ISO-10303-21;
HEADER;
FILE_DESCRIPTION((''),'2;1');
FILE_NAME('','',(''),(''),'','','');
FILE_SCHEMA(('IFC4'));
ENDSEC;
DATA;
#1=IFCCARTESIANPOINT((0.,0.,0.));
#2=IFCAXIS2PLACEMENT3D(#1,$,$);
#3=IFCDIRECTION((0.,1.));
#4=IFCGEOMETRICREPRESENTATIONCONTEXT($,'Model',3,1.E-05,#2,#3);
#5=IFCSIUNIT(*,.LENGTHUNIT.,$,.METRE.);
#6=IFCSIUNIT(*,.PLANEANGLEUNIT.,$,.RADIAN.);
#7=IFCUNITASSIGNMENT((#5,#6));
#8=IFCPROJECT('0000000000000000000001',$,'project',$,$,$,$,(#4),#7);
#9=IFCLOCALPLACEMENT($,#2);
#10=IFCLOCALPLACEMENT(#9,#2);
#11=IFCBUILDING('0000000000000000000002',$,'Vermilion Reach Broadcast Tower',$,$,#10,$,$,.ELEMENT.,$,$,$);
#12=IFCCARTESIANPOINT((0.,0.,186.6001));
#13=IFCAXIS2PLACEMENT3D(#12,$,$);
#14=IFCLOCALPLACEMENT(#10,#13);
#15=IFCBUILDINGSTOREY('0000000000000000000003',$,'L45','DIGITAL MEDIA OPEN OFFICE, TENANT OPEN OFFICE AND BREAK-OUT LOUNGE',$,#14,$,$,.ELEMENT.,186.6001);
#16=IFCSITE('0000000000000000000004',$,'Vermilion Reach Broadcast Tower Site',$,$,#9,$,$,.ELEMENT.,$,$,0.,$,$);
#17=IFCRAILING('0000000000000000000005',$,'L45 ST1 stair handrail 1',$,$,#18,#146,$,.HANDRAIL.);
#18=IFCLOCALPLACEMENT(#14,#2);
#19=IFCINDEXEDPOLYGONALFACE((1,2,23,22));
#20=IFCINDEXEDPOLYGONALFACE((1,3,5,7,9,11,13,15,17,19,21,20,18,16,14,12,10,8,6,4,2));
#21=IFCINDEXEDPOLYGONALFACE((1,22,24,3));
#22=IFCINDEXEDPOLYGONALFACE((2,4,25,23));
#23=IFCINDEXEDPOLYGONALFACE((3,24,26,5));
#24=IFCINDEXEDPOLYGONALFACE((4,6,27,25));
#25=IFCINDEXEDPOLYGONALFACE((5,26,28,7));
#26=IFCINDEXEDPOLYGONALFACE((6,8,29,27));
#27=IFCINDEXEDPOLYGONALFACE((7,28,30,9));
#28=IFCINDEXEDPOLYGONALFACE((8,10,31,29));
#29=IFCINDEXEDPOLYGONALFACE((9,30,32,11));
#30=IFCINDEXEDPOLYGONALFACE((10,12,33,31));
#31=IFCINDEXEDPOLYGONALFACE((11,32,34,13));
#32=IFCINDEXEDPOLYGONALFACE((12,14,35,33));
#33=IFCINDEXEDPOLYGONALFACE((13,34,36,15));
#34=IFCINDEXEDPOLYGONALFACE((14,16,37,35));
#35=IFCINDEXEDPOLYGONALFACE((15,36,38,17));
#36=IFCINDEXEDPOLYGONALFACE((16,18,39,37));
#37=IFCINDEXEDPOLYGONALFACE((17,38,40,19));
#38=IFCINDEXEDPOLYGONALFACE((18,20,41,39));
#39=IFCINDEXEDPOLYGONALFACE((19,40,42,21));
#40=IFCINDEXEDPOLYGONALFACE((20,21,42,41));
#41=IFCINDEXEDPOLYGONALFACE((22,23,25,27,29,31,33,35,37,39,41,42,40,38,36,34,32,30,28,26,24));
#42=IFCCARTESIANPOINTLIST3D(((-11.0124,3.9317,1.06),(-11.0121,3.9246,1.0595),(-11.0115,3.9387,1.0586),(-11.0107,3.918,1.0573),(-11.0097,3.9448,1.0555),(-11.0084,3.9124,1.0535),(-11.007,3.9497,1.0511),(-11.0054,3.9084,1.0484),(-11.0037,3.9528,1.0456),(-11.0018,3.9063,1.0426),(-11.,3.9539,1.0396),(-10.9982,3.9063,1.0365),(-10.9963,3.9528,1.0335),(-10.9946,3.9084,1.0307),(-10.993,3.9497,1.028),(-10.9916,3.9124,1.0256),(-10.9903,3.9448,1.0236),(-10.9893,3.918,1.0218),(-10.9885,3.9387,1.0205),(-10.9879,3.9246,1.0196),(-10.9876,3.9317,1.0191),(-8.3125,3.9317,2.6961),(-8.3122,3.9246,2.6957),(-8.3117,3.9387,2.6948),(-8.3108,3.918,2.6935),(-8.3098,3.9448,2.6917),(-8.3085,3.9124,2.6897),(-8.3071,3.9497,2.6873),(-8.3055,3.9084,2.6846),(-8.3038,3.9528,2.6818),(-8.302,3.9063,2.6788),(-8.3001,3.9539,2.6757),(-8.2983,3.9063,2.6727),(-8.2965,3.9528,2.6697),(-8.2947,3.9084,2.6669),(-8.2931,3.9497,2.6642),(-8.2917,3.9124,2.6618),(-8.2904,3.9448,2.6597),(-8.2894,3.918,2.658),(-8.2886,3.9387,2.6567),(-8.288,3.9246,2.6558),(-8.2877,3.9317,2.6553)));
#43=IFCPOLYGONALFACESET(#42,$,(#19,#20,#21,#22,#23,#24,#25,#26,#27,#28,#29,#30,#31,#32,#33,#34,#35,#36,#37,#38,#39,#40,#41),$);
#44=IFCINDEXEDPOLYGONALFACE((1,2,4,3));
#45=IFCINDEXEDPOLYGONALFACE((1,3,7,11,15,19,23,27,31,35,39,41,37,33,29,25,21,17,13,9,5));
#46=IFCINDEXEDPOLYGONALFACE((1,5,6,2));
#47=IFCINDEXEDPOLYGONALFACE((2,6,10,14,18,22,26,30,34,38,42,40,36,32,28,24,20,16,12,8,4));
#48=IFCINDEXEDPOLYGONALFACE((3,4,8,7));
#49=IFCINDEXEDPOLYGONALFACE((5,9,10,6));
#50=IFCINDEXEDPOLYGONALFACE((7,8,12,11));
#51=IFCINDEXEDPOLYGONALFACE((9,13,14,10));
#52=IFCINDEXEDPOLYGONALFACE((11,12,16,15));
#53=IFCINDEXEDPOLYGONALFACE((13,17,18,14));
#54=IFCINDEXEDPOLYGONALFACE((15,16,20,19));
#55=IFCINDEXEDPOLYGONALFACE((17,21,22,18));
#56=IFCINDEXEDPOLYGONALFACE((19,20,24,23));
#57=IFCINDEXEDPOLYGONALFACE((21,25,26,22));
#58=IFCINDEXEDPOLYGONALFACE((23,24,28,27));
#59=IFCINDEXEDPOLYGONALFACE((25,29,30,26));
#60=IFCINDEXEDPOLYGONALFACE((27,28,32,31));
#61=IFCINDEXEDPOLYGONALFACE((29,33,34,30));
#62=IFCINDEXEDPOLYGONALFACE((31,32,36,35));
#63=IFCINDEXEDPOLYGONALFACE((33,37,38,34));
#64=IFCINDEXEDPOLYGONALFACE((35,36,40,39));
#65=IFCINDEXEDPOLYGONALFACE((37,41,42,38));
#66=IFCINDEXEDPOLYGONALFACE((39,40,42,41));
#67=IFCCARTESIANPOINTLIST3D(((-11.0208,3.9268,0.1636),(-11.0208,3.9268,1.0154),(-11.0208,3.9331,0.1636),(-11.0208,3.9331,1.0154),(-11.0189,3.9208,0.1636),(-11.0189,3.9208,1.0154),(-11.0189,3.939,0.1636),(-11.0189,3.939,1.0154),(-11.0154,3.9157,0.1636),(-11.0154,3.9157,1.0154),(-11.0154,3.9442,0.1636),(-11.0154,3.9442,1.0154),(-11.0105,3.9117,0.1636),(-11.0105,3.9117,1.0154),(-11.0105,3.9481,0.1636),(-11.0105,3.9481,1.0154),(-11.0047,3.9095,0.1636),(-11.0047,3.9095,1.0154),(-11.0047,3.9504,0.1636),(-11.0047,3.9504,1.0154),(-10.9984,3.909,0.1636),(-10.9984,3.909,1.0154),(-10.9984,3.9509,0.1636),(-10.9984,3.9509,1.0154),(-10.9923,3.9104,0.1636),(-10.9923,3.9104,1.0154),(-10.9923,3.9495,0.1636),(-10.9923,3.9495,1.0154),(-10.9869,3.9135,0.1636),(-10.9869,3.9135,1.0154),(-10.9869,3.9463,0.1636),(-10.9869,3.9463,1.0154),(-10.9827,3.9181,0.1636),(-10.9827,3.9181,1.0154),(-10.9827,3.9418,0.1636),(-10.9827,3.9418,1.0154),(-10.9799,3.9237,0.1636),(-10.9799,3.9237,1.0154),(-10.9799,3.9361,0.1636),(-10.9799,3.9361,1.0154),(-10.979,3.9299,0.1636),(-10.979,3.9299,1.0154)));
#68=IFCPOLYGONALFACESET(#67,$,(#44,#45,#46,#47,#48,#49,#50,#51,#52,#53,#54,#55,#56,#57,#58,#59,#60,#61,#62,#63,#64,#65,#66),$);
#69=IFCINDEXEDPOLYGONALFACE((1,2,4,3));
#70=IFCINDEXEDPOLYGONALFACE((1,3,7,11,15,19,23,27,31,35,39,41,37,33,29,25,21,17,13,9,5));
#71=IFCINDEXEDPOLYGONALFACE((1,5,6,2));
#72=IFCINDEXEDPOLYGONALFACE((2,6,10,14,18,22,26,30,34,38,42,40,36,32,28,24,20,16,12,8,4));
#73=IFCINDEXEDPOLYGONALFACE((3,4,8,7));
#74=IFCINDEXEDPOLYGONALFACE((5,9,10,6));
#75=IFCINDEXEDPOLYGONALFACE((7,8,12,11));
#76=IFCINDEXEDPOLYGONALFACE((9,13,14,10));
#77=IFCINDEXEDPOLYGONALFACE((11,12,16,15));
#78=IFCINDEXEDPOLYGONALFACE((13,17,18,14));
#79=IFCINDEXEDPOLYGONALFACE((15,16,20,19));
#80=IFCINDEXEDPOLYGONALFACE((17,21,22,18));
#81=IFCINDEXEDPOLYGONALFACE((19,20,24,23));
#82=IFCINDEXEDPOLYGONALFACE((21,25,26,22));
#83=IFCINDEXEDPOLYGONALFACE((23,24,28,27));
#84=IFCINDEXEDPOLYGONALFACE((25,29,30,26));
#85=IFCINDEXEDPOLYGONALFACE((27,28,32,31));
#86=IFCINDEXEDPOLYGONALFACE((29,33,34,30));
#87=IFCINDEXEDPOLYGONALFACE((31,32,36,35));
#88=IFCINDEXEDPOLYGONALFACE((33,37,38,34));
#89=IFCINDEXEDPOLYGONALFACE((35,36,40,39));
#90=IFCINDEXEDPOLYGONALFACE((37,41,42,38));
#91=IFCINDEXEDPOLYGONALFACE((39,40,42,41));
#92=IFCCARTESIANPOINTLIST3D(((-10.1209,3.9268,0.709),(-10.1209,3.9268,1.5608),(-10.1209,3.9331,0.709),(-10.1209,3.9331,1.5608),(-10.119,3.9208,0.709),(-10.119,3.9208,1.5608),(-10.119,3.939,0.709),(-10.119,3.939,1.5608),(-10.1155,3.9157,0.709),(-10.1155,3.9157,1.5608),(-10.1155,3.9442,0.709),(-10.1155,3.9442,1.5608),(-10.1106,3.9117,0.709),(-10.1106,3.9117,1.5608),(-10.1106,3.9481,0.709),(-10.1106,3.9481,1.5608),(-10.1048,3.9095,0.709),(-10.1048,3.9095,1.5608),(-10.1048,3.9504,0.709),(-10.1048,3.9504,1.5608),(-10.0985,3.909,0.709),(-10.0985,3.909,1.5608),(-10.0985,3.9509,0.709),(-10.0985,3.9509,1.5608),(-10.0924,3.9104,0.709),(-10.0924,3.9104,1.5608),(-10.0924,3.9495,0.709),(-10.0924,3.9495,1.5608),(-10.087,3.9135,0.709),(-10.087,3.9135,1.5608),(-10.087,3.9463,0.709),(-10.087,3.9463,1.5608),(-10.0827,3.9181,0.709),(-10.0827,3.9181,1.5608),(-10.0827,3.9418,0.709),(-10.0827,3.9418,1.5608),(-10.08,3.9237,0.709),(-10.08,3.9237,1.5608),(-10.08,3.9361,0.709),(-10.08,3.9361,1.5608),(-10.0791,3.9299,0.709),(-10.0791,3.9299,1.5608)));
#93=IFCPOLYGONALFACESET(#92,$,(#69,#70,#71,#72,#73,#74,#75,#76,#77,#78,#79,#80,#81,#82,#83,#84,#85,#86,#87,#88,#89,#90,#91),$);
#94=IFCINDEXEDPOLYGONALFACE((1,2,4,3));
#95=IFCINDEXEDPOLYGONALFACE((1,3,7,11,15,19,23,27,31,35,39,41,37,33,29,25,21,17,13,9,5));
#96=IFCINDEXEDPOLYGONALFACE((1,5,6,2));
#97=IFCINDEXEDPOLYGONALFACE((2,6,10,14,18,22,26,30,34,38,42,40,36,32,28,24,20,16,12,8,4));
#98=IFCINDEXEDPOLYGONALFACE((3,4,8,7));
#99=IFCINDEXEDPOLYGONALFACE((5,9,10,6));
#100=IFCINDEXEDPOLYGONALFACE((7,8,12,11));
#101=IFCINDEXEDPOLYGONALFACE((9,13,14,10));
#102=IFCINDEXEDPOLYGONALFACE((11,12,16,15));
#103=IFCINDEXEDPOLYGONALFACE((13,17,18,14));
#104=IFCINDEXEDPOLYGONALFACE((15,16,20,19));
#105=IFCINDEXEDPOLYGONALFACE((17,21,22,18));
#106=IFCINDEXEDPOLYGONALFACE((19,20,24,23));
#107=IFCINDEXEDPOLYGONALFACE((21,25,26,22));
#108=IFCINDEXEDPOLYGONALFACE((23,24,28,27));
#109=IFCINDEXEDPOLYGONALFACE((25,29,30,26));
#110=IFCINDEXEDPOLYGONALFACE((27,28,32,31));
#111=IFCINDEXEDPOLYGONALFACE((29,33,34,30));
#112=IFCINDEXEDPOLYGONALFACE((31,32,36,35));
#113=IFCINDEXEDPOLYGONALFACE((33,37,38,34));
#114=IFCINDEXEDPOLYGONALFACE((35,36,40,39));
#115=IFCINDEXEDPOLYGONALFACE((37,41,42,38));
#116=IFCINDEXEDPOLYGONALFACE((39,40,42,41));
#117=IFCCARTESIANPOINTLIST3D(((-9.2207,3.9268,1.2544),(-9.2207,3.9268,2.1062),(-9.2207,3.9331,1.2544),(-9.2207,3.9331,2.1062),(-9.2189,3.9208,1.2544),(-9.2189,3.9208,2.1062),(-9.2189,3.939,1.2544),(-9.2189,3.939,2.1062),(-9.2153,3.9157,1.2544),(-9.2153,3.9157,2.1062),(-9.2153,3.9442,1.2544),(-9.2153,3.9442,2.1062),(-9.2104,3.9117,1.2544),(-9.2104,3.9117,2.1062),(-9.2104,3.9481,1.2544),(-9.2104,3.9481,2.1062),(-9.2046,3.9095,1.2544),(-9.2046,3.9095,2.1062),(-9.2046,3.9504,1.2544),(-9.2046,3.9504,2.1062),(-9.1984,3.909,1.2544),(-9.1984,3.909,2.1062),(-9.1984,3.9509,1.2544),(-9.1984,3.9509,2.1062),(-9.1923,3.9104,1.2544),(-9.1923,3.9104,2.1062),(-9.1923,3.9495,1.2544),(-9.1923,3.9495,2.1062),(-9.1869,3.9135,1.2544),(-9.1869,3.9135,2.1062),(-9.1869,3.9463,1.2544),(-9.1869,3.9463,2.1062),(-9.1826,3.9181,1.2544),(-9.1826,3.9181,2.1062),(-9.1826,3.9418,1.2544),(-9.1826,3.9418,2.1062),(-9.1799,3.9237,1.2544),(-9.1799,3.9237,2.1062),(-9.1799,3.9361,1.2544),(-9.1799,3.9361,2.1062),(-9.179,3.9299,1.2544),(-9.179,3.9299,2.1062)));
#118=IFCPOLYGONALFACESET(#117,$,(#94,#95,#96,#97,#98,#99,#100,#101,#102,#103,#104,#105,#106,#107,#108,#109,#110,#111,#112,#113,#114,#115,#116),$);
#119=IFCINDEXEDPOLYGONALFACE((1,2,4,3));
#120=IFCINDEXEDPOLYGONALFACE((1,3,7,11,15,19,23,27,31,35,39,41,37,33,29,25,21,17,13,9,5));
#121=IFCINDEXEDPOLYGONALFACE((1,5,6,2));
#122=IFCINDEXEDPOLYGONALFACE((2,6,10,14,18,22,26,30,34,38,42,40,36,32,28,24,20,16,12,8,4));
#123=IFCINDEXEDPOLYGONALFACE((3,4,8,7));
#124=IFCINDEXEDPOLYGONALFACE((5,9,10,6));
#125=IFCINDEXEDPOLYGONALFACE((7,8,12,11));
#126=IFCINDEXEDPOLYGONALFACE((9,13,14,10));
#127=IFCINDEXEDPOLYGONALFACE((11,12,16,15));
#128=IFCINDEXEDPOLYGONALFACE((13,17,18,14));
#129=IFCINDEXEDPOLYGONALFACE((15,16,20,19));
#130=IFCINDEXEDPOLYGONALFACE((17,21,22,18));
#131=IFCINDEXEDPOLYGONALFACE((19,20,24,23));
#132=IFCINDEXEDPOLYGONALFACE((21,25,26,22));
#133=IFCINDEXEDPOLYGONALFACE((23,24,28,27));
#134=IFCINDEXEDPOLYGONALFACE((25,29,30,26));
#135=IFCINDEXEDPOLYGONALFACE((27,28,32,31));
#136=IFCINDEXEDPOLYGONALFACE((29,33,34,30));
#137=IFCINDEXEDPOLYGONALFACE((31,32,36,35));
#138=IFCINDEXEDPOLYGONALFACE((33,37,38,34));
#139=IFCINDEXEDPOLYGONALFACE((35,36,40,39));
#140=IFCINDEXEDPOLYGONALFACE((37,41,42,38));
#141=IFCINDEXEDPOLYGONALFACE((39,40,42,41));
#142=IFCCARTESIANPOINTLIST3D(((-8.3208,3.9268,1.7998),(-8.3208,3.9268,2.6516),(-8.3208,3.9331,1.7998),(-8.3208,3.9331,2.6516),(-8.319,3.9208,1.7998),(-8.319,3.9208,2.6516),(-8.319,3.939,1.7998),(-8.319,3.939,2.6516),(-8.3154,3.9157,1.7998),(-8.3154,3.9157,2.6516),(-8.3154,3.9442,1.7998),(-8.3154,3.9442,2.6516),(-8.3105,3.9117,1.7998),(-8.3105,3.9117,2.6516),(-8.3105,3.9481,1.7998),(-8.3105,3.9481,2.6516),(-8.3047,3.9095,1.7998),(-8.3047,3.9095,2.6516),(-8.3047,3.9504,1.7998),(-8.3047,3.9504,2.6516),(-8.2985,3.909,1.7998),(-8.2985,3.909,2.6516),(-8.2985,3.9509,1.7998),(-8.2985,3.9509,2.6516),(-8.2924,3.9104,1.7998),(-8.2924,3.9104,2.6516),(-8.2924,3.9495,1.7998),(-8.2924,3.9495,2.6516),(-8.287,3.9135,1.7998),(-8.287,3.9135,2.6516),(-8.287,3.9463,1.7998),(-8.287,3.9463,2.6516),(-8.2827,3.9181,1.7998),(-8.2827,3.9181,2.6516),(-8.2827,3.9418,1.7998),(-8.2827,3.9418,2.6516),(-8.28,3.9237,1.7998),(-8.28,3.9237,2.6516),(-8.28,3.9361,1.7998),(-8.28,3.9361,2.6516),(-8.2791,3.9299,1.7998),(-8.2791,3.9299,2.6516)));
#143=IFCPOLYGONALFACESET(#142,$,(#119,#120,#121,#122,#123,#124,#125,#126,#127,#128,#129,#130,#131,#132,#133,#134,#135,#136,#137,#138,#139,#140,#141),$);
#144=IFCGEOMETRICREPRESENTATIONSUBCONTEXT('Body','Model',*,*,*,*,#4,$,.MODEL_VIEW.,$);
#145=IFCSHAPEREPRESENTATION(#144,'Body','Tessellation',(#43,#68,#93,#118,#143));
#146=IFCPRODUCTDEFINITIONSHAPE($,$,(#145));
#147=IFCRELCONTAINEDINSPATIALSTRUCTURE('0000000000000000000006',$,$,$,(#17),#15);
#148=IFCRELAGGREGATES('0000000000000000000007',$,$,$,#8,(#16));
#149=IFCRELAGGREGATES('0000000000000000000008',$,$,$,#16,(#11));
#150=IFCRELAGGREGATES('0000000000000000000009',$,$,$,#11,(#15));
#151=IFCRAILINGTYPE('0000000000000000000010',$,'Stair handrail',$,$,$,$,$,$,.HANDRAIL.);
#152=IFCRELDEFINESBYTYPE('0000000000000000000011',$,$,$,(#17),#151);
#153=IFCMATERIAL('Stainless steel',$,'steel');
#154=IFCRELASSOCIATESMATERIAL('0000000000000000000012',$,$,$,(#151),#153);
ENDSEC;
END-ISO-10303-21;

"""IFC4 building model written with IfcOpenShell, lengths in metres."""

from ifc_helpers import new_model, si_unit, direction, frame, origin, origin_2d, place, context, subcontext, project, spatial, circle, extrude, material, type_object, element, save


model = new_model("IFC4")

# Units and contexts
model_context = context("Model", 3, precision=1e-05, world=origin(), true_north=direction((0.0, 1.0)))
body_context = subcontext(model_context, "Body", "Model", "MODEL_VIEW")
ifc_project = project(units=[si_unit("LENGTHUNIT", "METRE"), si_unit("PLANEANGLEUNIT", "RADIAN")], contexts=[model_context])

# Site, building, storey
site_placement = place(None, origin())
site = spatial("IfcSite", under=ifc_project, at=site_placement, Name="Vermilion Reach Broadcast Tower Site", CompositionType="ELEMENT", RefElevation=0.0)
building_placement = place(site_placement, origin())
building = spatial("IfcBuilding", under=site, at=building_placement, Name="Vermilion Reach Broadcast Tower", CompositionType="ELEMENT")
storey_placement = place(building_placement, frame((0.0, 0.0, 186.6001)))
storey = spatial("IfcBuildingStorey", under=building, at=storey_placement, Name="L45", Description="DIGITAL MEDIA OPEN OFFICE, TENANT OPEN OFFICE AND BREAK-OUT LOUNGE", CompositionType="ELEMENT", Elevation=186.6001)

# Railing
ifc_material_1 = material(Name="Stainless steel", Category="steel")
railing_type_1 = type_object("IfcRailingType", Name="Stair handrail", PredefinedType="HANDRAIL", material=ifc_material_1)
railing_1_placement = place(storey_placement, frame((-11.0, 3.9299, 0.1636)))
element("IfcRailing", 1, at=railing_1_placement, inside=storey, type_object=railing_type_1, Name="L45 ST1 stair handrail 1", PredefinedType="HANDRAIL", context=body_context, shape_type="SweptSolid", body=[
    extrude(circle(Radius=0.0239, at=origin_2d()), frame((0.0, 0.0, 0.876), z_axis=(0.855212, 0.0, 0.518278), x_axis=(0.0, 1.0, 0.0)), (0.0, 0.0, 1.0), 3.157),
    extrude(circle(Radius=0.021, at=origin_2d()), origin(), (0.0, 0.0, 1.0), 0.8518),
    extrude(circle(Radius=0.021, at=origin_2d()), frame((0.8999, 0.0, 0.5454)), (0.0, 0.0, 1.0), 0.8518),
    extrude(circle(Radius=0.021, at=origin_2d()), frame((1.8, 0.0, 1.0908)), (0.0, 0.0, 1.0), 0.8518),
    extrude(circle(Radius=0.021, at=origin_2d()), frame((2.7, 0.0, 1.6362)), (0.0, 0.0, 1.0), 0.8518),
])

save(model, "model.ifc")
